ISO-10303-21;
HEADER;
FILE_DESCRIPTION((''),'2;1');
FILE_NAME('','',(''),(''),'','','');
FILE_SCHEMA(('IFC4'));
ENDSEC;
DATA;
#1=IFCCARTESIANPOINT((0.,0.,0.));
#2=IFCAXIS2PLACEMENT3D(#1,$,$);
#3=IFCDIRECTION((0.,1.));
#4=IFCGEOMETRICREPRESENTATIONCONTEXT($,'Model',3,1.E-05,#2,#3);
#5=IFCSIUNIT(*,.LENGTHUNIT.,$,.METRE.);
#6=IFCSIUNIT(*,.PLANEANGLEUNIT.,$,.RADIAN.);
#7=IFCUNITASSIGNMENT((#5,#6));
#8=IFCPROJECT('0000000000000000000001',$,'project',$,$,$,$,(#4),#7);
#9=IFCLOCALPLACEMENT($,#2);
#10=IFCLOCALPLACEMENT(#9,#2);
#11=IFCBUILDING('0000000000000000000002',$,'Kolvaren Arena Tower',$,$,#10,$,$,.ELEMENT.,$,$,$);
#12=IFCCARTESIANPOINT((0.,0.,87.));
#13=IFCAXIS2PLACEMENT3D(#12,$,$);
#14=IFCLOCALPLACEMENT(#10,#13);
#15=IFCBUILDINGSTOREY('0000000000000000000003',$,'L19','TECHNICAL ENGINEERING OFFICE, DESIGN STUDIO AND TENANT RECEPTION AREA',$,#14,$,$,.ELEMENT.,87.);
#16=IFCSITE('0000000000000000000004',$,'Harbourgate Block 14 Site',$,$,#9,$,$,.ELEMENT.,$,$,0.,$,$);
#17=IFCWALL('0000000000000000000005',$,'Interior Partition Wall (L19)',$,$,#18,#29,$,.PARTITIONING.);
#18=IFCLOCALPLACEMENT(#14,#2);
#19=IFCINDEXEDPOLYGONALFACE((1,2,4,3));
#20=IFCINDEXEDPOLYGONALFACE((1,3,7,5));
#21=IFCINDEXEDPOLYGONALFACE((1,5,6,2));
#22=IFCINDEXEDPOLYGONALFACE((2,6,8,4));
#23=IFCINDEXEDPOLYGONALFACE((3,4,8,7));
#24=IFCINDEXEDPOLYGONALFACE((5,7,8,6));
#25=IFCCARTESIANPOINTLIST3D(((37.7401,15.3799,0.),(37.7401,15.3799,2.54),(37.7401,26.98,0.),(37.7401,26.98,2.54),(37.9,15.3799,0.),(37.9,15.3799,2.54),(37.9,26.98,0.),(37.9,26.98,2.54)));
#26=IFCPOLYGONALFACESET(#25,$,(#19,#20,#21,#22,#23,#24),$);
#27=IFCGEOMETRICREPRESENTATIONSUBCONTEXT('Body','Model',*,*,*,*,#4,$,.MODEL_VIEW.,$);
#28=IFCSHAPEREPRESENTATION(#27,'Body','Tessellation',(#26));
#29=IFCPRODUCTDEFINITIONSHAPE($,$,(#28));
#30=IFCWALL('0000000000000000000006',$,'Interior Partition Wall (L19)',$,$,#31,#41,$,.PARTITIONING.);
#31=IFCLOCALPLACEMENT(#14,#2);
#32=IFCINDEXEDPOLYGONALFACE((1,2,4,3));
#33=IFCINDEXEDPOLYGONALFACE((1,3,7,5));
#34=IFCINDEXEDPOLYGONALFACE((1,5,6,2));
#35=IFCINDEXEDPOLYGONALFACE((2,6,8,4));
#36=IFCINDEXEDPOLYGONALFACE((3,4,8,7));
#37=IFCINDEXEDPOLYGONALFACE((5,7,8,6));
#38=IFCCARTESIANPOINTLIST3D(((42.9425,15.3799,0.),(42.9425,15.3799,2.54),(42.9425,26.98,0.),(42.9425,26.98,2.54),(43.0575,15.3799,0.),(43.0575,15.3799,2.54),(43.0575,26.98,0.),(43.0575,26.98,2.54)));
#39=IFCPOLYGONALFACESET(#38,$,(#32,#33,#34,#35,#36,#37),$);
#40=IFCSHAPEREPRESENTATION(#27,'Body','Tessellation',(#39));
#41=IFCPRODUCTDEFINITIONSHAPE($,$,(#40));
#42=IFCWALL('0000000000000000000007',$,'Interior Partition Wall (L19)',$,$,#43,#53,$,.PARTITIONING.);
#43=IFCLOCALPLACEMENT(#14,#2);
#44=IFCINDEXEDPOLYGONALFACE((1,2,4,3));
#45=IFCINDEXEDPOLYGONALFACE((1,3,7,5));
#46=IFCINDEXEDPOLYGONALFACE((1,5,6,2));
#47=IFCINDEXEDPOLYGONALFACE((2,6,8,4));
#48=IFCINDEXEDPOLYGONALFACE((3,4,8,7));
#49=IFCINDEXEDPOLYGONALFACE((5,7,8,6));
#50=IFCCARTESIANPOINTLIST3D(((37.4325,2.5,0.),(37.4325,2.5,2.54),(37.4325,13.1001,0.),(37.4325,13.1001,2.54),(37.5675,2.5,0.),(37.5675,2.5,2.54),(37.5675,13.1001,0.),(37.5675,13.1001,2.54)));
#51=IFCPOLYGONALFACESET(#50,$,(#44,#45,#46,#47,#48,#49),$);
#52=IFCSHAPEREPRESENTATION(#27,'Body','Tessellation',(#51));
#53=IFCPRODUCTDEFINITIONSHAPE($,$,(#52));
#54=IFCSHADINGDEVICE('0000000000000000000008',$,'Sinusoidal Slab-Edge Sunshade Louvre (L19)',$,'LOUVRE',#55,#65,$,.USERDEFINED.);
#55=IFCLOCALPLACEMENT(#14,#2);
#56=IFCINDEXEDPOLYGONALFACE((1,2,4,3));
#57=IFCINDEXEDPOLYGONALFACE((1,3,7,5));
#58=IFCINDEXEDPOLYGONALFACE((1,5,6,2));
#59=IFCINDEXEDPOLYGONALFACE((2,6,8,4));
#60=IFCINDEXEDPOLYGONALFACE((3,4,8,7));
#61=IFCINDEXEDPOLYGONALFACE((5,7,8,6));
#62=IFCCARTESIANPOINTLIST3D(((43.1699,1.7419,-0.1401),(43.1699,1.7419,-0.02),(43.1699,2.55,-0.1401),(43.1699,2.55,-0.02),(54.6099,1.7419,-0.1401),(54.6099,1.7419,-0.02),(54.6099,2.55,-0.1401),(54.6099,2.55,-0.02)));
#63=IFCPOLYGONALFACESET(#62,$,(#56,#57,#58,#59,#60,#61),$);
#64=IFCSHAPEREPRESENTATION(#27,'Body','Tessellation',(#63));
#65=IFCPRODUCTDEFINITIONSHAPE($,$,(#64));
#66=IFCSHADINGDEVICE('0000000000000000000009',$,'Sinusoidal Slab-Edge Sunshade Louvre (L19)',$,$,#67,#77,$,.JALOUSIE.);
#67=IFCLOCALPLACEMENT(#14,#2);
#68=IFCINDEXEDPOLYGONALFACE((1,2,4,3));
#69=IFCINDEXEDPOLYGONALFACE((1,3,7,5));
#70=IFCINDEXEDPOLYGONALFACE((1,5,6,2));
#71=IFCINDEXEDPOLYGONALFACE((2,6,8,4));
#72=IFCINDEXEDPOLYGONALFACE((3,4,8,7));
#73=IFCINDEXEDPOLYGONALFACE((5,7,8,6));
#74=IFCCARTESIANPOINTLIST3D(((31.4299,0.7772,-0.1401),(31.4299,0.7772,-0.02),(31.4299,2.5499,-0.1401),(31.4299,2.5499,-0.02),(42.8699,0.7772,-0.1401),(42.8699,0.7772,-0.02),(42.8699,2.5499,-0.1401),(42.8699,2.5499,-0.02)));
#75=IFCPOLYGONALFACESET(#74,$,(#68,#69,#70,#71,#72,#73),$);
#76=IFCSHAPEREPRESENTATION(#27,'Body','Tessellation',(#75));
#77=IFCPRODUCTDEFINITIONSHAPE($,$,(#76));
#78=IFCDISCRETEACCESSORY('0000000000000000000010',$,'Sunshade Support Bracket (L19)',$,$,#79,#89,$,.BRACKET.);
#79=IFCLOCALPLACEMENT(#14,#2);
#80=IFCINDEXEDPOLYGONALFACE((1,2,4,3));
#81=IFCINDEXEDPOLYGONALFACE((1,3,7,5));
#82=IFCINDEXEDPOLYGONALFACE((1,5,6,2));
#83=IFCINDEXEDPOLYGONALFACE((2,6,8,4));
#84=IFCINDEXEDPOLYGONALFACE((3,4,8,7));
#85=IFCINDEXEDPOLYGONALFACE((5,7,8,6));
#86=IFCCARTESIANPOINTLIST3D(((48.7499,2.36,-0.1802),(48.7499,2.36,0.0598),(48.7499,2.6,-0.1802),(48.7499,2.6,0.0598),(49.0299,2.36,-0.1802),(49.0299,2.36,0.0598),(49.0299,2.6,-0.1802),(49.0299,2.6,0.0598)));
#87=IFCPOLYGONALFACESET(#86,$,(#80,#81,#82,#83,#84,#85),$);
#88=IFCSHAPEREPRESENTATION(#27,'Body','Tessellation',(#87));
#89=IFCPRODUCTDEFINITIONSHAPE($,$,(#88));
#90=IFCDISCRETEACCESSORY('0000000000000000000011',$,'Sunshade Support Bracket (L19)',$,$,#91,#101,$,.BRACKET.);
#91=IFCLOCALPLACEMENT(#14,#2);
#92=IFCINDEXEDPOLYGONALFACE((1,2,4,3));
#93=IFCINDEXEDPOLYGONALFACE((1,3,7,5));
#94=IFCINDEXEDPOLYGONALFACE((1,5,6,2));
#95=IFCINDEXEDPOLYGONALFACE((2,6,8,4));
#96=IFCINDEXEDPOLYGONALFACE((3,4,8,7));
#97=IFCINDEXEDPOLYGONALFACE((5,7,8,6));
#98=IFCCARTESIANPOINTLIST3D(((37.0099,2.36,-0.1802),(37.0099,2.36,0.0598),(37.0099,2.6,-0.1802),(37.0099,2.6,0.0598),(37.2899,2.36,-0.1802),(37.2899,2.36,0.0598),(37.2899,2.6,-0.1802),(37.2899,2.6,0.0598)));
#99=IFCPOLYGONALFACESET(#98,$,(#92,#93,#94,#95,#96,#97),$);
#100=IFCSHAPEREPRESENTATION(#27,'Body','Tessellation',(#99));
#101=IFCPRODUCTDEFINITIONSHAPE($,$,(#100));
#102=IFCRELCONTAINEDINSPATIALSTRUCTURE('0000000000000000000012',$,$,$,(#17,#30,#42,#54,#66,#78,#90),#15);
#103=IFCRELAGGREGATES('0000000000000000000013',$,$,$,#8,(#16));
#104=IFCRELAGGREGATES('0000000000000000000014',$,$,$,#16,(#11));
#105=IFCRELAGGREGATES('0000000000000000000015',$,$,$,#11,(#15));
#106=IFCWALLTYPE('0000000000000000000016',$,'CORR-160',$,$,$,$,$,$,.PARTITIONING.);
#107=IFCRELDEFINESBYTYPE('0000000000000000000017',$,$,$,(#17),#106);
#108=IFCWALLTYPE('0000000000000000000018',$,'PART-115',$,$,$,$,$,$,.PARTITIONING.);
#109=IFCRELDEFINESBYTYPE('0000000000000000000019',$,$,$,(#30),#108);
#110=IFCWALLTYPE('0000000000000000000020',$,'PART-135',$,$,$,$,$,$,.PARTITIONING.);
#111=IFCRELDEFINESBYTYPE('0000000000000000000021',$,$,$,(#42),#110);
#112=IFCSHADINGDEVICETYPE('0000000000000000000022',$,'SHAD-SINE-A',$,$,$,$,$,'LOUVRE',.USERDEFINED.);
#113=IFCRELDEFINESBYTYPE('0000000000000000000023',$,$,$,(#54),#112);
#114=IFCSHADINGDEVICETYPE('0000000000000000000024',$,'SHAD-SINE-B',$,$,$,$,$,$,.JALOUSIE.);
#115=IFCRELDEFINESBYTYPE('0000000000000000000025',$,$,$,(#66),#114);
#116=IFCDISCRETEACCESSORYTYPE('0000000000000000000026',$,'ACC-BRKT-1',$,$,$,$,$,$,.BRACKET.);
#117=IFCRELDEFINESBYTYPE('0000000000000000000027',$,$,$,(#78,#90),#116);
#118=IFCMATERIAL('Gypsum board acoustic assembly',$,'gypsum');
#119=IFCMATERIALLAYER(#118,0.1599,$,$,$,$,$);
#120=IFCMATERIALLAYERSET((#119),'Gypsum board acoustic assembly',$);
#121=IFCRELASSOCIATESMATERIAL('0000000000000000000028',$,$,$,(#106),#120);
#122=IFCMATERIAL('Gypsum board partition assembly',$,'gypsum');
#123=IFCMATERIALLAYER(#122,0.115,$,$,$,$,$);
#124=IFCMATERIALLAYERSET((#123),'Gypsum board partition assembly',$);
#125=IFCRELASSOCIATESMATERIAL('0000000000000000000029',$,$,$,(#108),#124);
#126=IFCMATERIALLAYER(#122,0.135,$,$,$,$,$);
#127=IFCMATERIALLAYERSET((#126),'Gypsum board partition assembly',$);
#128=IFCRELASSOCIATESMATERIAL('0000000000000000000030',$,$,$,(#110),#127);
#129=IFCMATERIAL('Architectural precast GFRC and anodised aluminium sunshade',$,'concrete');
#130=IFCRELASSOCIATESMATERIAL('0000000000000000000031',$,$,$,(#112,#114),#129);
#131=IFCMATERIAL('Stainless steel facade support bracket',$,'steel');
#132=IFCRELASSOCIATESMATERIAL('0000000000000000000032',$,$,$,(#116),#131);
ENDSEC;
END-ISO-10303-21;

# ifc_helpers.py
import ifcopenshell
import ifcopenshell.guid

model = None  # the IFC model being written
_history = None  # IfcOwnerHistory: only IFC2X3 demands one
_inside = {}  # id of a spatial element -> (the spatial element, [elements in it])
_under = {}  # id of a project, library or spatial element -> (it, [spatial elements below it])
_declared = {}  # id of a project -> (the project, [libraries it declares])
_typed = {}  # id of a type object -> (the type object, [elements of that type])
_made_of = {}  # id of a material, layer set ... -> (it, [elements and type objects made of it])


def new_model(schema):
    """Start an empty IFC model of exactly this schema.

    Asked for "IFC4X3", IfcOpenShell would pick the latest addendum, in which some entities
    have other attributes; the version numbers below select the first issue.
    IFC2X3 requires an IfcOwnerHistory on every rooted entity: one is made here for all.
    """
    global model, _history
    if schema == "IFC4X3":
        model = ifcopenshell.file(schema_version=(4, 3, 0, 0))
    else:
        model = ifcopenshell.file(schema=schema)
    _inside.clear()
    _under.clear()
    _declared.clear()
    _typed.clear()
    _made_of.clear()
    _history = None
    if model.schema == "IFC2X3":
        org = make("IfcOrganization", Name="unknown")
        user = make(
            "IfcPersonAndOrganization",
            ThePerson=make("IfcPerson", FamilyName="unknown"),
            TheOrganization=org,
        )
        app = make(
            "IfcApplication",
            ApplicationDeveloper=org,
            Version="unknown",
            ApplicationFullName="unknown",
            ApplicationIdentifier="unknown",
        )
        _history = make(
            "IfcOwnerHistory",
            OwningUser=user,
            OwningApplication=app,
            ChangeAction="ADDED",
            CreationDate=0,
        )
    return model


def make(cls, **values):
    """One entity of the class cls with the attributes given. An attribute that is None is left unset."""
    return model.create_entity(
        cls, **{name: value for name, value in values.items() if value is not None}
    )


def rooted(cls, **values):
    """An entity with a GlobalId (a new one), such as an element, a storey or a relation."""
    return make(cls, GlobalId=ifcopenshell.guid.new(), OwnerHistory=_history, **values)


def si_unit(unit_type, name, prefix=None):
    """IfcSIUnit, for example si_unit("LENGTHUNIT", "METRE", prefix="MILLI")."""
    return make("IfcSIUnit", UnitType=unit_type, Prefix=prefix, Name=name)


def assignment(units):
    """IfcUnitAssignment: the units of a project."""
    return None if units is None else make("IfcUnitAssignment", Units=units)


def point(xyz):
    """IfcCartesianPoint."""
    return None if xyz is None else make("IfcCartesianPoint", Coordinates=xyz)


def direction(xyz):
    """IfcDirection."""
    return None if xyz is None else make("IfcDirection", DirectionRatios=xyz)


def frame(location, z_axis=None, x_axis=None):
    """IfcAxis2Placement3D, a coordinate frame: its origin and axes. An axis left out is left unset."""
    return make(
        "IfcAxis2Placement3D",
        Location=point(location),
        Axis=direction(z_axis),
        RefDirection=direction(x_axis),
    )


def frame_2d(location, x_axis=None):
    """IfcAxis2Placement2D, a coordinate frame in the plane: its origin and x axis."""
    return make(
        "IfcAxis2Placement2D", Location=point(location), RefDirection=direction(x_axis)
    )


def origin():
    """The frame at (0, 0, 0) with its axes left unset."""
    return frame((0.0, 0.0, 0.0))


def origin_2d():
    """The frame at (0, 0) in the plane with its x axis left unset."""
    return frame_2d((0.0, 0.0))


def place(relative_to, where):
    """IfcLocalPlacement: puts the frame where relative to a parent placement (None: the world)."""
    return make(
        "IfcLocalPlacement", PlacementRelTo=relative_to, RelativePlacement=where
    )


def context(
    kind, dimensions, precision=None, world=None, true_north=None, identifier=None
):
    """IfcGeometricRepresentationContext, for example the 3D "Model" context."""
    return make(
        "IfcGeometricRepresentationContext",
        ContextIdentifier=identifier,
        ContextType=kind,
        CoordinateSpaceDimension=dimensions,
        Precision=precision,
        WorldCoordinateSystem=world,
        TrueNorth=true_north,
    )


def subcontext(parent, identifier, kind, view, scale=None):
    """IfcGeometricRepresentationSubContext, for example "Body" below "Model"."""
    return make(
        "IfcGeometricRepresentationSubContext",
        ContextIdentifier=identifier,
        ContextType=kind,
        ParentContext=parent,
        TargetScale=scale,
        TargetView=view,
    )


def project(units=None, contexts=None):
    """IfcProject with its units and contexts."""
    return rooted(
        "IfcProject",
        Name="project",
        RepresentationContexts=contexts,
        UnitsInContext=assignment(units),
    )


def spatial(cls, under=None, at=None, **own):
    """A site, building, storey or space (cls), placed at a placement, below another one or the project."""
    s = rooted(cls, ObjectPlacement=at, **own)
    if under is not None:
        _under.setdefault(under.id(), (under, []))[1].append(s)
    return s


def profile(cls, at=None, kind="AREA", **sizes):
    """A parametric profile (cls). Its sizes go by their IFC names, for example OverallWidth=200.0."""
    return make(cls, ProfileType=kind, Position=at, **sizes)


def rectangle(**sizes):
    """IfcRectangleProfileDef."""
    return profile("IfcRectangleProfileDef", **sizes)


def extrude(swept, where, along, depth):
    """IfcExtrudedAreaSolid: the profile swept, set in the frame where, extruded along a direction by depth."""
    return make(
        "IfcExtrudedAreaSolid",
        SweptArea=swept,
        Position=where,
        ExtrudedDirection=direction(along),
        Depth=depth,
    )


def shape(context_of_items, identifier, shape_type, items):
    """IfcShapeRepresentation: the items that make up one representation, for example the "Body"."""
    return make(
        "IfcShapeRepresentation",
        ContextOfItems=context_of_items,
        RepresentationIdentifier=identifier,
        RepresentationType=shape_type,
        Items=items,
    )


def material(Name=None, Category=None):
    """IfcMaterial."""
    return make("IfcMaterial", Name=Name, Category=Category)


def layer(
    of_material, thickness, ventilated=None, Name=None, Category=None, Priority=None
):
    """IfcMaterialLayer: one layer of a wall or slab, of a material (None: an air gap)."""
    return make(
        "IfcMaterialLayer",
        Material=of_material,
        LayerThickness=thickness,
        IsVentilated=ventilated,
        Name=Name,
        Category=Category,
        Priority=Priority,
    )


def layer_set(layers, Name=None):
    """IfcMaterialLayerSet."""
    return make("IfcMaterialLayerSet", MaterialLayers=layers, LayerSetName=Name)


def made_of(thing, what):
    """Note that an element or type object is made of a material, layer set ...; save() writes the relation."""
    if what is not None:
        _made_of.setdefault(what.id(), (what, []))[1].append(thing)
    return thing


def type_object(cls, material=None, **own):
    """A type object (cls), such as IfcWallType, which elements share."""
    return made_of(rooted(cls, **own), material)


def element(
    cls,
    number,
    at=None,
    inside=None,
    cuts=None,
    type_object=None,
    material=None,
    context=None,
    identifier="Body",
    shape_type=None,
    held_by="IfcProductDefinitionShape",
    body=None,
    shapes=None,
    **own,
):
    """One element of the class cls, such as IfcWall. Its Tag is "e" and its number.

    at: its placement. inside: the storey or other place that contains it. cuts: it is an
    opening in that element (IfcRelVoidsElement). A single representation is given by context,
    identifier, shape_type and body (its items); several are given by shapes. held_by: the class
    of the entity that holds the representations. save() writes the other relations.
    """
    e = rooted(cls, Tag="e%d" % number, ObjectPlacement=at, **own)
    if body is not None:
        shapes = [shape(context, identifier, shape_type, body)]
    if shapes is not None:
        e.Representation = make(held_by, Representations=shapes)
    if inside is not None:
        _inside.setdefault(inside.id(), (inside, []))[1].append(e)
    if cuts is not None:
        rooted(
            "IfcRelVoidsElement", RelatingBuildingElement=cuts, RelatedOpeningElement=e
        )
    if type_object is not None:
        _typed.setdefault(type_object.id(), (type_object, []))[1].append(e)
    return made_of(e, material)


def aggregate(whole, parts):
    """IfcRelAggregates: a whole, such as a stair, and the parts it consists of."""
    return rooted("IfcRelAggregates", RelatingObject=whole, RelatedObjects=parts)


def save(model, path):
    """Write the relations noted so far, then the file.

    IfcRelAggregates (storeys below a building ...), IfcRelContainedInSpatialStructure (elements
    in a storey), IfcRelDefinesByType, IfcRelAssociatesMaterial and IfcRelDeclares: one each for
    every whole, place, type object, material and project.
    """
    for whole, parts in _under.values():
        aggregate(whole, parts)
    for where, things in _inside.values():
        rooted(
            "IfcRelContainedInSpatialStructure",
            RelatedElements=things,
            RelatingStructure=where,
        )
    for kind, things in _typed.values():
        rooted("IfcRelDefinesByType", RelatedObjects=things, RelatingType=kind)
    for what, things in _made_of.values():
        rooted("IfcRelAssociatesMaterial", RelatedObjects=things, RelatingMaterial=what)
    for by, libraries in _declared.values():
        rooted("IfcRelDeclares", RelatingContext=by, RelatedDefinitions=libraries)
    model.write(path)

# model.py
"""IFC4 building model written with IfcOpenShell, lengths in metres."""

from ifc_helpers import new_model, si_unit, direction, frame, frame_2d, origin, origin_2d, place, context, subcontext, project, spatial, rectangle, extrude, material, layer, layer_set, type_object, element, save


model = new_model("IFC4")

# Units and contexts
model_context = context("Model", 3, precision=1e-05, world=origin(), true_north=direction((0.0, 1.0)))
body_context = subcontext(model_context, "Body", "Model", "MODEL_VIEW")
ifc_project = project(units=[si_unit("LENGTHUNIT", "METRE"), si_unit("PLANEANGLEUNIT", "RADIAN")], contexts=[model_context])

# Site, building, storey
site_placement = place(None, origin())
site = spatial("IfcSite", under=ifc_project, at=site_placement, Name="Harbourgate Block 14 Site", CompositionType="ELEMENT", RefElevation=0.0)
building_placement = place(site_placement, origin())
building = spatial("IfcBuilding", under=site, at=building_placement, Name="Kolvaren Arena Tower", CompositionType="ELEMENT")
storey_placement = place(building_placement, frame((0.0, 0.0, 87.0)))
storey = spatial("IfcBuildingStorey", under=building, at=storey_placement, Name="L19", Description="TECHNICAL ENGINEERING OFFICE, DESIGN STUDIO AND TENANT RECEPTION AREA", CompositionType="ELEMENT", Elevation=87.0)

# Walls
ifc_material_1 = material(Name="Gypsum board acoustic assembly", Category="gypsum")
ifc_layer_1 = layer(ifc_material_1, 0.1599)
ifc_layer_set_1 = layer_set([ifc_layer_1], Name="Gypsum board acoustic assembly")
wall_type_1 = type_object("IfcWallType", Name="CORR-160", PredefinedType="PARTITIONING", material=ifc_layer_set_1)
wall_1_placement = place(storey_placement, frame((37.8201, 15.3799, 0.0), z_axis=(0.0, 0.0, 1.0), x_axis=(0.0, 1.0, 0.0)))
element("IfcWall", 1, at=wall_1_placement, inside=storey, type_object=wall_type_1, Name="Interior Partition Wall (L19)", PredefinedType="PARTITIONING", context=body_context, shape_type="SweptSolid", body=[
    extrude(rectangle(XDim=11.6001, YDim=0.1599, at=frame_2d((5.8, 0.0))), origin(), (0.0, 0.0, 1.0), 2.54),
])
ifc_material_2 = material(Name="Gypsum board partition assembly", Category="gypsum")
ifc_layer_2 = layer(ifc_material_2, 0.115)
ifc_layer_set_2 = layer_set([ifc_layer_2], Name="Gypsum board partition assembly")
wall_type_2 = type_object("IfcWallType", Name="PART-115", PredefinedType="PARTITIONING", material=ifc_layer_set_2)
wall_2_placement = place(storey_placement, frame((43.0, 15.3799, 0.0), z_axis=(0.0, 0.0, 1.0), x_axis=(0.0, 1.0, 0.0)))
element("IfcWall", 2, at=wall_2_placement, inside=storey, type_object=wall_type_2, Name="Interior Partition Wall (L19)", PredefinedType="PARTITIONING", context=body_context, shape_type="SweptSolid", body=[
    extrude(rectangle(XDim=11.6001, YDim=0.115, at=frame_2d((5.8, 0.0))), origin(), (0.0, 0.0, 1.0), 2.54),
])
ifc_layer_3 = layer(ifc_material_2, 0.135)
ifc_layer_set_3 = layer_set([ifc_layer_3], Name="Gypsum board partition assembly")
wall_type_3 = type_object("IfcWallType", Name="PART-135", PredefinedType="PARTITIONING", material=ifc_layer_set_3)
wall_3_placement = place(storey_placement, frame((37.5, 2.5, 0.0), z_axis=(0.0, 0.0, 1.0), x_axis=(0.0, 1.0, 0.0)))
element("IfcWall", 3, at=wall_3_placement, inside=storey, type_object=wall_type_3, Name="Interior Partition Wall (L19)", PredefinedType="PARTITIONING", context=body_context, shape_type="SweptSolid", body=[
    extrude(rectangle(XDim=10.6001, YDim=0.135, at=frame_2d((5.3, 0.0))), origin(), (0.0, 0.0, 1.0), 2.54),
])

# Shading devices
ifc_material_3 = material(Name="Architectural precast GFRC and anodised aluminium sunshade", Category="concrete")
shading_device_type_1 = type_object("IfcShadingDeviceType", Name="SHAD-SINE-A", ElementType="LOUVRE", PredefinedType="USERDEFINED", material=ifc_material_3)
shading_device_1_placement = place(storey_placement, frame((48.8899, 2.146, -0.1401), z_axis=(0.0, 0.0, 1.0), x_axis=(-1.0, 0.0, 0.0)))
element("IfcShadingDevice", 4, at=shading_device_1_placement, inside=storey, type_object=shading_device_type_1, Name="Sinusoidal Slab-Edge Sunshade Louvre (L19)", ObjectType="LOUVRE", PredefinedType="USERDEFINED", context=body_context, shape_type="SweptSolid", body=[
    extrude(rectangle(XDim=11.4399, YDim=0.8081, at=origin_2d()), origin(), (0.0, 0.0, 1.0), 0.1201),
])
shading_device_type_2 = type_object("IfcShadingDeviceType", Name="SHAD-SINE-B", PredefinedType="JALOUSIE", material=ifc_material_3)
shading_device_2_placement = place(storey_placement, frame((37.1499, 1.6636, -0.1401), z_axis=(0.0, 0.0, 1.0), x_axis=(-1.0, 0.0, 0.0)))
element("IfcShadingDevice", 5, at=shading_device_2_placement, inside=storey, type_object=shading_device_type_2, Name="Sinusoidal Slab-Edge Sunshade Louvre (L19)", PredefinedType="JALOUSIE", context=body_context, shape_type="SweptSolid", body=[
    extrude(rectangle(XDim=11.4399, YDim=1.7727, at=origin_2d()), origin(), (0.0, 0.0, 1.0), 0.1201),
])

# Discrete accessories
ifc_material_4 = material(Name="Stainless steel facade support bracket", Category="steel")
discrete_accessory_type = type_object("IfcDiscreteAccessoryType", Name="ACC-BRKT-1", PredefinedType="BRACKET", material=ifc_material_4)
for number, where, z_axis, x_axis, name in (
    (6, (48.8899, 2.48, -0.1802), (0.0, 0.0, 1.0), (-1.0, 0.0, 0.0), "Sunshade Support Bracket (L19)"),
    (7, (37.1499, 2.48, -0.1802), (0.0, 0.0, 1.0), (-1.0, 0.0, 0.0), "Sunshade Support Bracket (L19)"),
):
    element("IfcDiscreteAccessory", number, at=place(storey_placement, frame(where, z_axis=z_axis, x_axis=x_axis)), inside=storey, type_object=discrete_accessory_type, Name=name, PredefinedType="BRACKET", context=body_context, shape_type="SweptSolid", body=[
        extrude(rectangle(XDim=0.28, YDim=0.24, at=origin_2d()), origin(), (0.0, 0.0, 1.0), 0.24),
    ])

save(model, "model.ifc")
